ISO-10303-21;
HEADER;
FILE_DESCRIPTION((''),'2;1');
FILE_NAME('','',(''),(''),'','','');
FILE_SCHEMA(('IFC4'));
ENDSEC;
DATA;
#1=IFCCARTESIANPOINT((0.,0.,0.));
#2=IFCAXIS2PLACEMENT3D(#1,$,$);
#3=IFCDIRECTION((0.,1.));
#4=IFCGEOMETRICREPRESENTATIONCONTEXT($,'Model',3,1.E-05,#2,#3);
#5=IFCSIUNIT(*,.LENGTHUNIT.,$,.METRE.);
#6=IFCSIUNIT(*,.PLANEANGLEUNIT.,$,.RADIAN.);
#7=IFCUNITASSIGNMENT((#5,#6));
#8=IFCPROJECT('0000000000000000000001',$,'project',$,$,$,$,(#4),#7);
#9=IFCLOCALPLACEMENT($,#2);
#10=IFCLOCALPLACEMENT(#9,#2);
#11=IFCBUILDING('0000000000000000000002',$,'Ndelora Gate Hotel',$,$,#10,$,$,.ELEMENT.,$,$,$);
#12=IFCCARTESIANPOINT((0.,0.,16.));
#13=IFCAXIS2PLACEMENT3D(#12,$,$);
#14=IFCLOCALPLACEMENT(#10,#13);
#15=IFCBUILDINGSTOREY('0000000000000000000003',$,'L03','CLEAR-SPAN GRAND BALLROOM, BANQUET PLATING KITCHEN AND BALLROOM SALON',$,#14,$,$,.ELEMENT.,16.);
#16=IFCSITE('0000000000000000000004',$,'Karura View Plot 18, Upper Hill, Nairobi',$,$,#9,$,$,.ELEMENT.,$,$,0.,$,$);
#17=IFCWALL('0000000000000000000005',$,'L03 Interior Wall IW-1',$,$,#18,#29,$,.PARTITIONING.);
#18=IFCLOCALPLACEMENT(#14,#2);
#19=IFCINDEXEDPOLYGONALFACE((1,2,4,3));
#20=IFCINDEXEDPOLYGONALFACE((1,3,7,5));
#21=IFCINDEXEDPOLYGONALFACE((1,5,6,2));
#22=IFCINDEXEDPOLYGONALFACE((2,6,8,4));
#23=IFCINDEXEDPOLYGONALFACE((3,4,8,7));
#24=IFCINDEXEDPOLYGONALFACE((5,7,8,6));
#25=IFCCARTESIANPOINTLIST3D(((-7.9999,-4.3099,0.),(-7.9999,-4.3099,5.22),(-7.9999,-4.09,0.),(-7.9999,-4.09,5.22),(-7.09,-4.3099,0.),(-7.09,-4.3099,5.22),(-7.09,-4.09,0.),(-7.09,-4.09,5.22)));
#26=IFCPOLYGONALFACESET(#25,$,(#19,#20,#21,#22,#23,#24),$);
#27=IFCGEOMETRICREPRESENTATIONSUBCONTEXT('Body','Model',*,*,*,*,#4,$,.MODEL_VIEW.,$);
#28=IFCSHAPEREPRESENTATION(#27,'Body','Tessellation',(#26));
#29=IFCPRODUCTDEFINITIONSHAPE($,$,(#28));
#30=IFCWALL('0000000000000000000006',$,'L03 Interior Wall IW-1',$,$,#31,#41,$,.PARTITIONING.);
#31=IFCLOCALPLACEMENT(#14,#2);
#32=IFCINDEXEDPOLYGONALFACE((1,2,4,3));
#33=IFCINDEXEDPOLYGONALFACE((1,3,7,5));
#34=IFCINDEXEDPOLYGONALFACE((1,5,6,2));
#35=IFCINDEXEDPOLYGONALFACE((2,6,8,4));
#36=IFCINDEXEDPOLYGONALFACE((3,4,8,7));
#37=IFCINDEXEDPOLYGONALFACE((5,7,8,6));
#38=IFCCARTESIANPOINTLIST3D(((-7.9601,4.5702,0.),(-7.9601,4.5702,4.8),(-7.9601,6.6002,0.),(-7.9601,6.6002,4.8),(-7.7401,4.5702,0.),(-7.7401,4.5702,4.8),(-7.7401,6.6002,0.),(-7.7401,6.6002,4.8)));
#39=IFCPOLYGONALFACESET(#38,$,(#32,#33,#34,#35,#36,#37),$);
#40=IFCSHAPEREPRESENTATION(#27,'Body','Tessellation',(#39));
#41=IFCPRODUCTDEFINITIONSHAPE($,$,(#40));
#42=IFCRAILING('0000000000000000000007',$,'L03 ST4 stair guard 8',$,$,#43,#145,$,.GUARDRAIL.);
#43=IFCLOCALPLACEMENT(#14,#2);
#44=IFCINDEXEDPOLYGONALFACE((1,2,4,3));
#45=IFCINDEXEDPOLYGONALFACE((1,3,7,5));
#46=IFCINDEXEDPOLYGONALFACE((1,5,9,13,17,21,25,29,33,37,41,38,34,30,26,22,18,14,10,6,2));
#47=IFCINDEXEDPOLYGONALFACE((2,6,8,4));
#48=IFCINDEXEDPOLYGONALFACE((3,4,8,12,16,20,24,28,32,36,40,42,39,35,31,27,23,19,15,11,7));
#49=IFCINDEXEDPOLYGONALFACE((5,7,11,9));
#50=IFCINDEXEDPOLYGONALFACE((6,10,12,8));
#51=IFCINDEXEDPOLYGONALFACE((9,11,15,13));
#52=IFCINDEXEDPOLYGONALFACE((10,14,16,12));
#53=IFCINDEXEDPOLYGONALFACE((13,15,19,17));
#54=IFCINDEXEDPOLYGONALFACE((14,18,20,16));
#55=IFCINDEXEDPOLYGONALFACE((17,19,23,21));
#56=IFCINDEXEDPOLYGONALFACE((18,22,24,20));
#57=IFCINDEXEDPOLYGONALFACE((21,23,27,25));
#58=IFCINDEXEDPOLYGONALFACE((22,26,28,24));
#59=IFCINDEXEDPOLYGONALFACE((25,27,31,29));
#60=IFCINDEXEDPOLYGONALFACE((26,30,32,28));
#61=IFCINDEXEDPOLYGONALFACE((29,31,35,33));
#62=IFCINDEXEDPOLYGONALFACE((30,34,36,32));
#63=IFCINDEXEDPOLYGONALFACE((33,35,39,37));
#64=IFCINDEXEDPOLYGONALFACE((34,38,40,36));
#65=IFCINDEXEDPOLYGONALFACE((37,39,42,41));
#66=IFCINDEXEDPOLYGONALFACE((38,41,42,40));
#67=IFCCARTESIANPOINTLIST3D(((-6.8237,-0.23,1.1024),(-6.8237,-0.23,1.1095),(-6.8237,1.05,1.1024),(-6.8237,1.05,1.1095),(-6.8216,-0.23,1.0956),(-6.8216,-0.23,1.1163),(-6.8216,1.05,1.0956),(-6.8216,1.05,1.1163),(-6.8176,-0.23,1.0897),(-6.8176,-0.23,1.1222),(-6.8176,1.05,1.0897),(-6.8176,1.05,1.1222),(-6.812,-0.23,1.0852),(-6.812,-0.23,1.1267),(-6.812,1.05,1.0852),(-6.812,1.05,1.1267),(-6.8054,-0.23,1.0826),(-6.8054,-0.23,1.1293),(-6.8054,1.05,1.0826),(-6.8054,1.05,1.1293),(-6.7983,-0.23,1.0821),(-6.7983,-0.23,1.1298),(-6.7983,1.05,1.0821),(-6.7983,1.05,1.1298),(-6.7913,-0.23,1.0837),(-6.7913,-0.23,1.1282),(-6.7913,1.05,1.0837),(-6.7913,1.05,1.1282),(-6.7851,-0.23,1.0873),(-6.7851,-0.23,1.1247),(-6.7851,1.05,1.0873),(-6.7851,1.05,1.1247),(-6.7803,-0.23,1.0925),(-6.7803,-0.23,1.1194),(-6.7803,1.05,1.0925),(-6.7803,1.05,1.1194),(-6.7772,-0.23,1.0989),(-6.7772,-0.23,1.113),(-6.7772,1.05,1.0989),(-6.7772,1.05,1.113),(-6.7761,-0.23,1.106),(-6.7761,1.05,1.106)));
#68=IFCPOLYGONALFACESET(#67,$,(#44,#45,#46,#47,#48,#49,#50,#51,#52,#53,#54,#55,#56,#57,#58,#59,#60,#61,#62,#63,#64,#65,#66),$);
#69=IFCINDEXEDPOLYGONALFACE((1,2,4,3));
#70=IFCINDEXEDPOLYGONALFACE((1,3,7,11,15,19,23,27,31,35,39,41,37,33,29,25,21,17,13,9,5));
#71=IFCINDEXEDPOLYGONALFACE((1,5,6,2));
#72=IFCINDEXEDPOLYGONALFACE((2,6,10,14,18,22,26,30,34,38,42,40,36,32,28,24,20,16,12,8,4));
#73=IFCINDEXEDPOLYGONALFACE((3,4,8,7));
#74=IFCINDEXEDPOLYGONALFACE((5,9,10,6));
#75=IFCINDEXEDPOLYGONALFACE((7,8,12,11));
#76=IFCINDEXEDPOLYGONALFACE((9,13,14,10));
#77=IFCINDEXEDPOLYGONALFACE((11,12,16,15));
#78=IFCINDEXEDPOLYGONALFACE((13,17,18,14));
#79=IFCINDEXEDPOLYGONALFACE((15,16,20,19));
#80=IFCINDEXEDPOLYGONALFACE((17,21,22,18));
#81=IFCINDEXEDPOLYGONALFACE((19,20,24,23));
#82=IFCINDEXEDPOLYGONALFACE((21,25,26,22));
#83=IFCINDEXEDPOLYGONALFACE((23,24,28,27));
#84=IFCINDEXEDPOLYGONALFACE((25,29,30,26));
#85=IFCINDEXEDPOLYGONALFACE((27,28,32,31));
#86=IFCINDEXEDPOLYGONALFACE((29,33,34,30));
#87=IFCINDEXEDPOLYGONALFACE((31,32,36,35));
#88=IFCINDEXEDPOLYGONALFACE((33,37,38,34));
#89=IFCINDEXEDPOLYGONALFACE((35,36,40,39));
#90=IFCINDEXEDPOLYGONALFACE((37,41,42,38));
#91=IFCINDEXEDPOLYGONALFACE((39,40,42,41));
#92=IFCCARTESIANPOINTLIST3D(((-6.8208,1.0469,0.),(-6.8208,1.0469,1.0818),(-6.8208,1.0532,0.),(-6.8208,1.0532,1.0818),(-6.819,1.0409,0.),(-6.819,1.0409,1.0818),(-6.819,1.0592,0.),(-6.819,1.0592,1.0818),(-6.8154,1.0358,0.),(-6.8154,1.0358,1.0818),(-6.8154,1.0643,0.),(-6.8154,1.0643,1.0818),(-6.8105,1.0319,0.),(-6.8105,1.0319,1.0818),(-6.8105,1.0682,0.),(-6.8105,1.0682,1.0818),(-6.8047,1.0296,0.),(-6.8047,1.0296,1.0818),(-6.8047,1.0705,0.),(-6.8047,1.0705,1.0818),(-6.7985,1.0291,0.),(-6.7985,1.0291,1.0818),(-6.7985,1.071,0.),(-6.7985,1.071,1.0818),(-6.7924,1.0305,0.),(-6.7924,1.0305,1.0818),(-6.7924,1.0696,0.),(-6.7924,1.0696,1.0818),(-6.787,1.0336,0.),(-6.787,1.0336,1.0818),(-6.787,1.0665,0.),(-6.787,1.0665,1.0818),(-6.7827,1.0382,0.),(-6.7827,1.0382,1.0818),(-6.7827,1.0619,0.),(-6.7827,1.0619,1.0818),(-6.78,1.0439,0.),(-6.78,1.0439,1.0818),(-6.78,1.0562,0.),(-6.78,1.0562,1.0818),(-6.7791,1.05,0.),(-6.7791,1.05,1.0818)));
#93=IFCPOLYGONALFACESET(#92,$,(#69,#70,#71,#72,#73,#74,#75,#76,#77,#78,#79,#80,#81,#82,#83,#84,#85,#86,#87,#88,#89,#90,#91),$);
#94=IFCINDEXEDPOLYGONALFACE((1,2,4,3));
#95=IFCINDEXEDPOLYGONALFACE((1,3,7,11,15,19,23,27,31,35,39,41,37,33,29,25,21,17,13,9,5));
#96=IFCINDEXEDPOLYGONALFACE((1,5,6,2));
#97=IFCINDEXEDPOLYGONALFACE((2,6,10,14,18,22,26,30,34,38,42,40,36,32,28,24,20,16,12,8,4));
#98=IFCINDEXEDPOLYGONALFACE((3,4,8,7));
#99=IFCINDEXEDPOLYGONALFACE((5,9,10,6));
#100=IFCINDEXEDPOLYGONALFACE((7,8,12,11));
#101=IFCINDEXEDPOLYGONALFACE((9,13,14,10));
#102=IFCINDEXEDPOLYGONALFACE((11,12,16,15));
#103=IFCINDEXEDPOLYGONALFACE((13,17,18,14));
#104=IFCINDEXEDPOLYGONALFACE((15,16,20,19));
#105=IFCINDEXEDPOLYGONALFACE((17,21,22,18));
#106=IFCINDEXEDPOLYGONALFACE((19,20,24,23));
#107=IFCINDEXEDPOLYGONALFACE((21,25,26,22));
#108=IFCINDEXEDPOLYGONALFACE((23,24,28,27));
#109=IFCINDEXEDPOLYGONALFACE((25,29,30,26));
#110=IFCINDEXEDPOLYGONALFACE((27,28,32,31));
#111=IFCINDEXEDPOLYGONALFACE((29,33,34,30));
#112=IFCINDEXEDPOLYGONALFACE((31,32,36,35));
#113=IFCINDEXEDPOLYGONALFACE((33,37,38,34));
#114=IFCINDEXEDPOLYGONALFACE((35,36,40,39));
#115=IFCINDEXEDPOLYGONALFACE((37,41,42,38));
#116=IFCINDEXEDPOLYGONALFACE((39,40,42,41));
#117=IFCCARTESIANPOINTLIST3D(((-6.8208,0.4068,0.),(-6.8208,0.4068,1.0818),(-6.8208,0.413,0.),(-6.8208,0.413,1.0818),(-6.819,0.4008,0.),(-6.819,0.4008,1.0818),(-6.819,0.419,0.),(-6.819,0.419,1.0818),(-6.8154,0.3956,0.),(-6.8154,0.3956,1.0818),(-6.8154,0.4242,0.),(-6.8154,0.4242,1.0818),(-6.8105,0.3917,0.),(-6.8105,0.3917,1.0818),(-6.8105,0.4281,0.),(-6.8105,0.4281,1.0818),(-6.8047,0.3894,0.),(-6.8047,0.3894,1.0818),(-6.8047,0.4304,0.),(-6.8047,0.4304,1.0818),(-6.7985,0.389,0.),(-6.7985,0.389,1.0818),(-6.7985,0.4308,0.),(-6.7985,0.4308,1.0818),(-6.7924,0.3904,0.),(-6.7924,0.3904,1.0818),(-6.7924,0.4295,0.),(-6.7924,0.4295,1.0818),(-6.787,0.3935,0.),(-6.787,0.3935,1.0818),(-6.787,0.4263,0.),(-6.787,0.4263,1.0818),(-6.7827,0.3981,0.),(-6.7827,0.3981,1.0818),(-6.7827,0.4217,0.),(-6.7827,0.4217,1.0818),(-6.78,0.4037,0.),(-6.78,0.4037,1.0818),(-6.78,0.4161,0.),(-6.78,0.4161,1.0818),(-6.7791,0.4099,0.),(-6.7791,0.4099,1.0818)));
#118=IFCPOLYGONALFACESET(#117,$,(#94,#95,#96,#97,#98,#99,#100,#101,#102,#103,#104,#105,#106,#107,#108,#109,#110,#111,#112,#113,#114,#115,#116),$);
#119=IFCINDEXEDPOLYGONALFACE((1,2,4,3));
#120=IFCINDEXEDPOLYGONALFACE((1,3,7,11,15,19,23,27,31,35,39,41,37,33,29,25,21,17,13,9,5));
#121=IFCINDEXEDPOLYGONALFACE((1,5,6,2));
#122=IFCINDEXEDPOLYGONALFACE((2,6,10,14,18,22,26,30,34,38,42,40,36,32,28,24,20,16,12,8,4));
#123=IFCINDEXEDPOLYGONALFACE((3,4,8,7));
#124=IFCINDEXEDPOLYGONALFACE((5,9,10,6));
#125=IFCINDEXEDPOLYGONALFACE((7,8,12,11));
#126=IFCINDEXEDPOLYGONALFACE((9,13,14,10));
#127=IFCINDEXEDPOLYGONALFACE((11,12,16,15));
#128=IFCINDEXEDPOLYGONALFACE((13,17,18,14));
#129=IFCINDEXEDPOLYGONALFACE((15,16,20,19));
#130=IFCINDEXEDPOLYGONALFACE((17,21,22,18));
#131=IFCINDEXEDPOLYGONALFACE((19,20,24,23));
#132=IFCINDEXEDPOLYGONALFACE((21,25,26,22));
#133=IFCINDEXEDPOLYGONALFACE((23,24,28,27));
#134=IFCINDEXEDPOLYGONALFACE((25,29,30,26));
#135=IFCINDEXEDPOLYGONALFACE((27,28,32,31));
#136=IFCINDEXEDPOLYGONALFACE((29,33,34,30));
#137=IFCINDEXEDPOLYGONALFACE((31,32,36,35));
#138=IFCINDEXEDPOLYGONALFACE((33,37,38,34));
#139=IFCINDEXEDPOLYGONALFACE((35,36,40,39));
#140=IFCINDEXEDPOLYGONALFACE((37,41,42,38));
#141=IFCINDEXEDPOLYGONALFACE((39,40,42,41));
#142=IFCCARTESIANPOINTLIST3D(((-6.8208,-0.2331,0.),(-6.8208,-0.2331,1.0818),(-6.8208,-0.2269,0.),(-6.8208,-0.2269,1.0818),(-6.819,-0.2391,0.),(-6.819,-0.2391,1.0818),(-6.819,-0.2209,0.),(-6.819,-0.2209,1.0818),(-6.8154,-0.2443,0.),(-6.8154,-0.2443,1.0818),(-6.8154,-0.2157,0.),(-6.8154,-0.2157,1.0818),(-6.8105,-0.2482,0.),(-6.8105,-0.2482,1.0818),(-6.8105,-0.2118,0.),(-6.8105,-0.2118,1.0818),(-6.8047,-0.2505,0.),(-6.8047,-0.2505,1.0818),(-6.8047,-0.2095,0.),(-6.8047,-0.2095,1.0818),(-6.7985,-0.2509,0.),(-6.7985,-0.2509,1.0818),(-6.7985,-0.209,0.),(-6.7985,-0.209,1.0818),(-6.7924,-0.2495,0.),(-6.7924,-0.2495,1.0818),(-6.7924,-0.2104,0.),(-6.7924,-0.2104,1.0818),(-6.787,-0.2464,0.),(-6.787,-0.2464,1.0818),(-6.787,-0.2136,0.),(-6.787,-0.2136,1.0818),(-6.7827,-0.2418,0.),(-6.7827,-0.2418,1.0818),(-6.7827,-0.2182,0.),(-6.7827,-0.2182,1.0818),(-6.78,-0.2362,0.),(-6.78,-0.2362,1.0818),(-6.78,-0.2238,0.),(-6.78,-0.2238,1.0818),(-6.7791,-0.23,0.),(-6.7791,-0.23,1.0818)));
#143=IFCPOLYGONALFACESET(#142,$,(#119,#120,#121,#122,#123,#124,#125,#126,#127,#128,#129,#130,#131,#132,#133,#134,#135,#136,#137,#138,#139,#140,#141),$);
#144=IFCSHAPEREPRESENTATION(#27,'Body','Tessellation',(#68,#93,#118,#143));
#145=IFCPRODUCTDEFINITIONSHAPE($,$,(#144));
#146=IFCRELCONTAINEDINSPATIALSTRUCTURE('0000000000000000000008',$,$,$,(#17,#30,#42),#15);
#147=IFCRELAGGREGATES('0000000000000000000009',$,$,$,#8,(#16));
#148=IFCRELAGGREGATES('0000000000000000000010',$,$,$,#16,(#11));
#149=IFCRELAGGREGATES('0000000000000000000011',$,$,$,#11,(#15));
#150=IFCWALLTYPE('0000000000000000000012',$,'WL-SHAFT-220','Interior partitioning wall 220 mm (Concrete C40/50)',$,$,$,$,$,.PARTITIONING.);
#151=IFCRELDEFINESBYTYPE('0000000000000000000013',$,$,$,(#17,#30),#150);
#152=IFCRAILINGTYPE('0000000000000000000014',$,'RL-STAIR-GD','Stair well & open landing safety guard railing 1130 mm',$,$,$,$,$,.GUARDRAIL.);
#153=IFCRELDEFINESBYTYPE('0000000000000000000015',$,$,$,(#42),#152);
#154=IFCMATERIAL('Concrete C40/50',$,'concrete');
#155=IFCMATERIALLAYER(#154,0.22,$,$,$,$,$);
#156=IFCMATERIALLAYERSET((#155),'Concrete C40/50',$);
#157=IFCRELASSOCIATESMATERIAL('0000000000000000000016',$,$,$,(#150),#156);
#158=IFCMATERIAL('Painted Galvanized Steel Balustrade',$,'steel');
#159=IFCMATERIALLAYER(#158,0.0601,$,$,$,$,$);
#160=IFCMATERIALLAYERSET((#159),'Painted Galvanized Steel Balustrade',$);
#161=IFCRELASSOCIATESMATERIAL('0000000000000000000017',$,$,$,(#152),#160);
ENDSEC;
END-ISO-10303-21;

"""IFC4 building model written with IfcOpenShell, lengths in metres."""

from ifc_helpers import new_model, si_unit, direction, frame, frame_2d, origin, origin_2d, place, context, subcontext, project, spatial, rectangle, circle, extrude, material, layer, layer_set, type_object, element, save


model = new_model("IFC4")

# Units and contexts
model_context = context("Model", 3, precision=1e-05, world=origin(), true_north=direction((0.0, 1.0)))
body_context = subcontext(model_context, "Body", "Model", "MODEL_VIEW")
ifc_project = project(units=[si_unit("LENGTHUNIT", "METRE"), si_unit("PLANEANGLEUNIT", "RADIAN")], contexts=[model_context])

# Site, building, storey
site_placement = place(None, origin())
site = spatial("IfcSite", under=ifc_project, at=site_placement, Name="Karura View Plot 18, Upper Hill, Nairobi", CompositionType="ELEMENT", RefElevation=0.0)
building_placement = place(site_placement, origin())
building = spatial("IfcBuilding", under=site, at=building_placement, Name="Ndelora Gate Hotel", CompositionType="ELEMENT")
storey_placement = place(building_placement, frame((0.0, 0.0, 16.0)))
storey = spatial("IfcBuildingStorey", under=building, at=storey_placement, Name="L03", Description="CLEAR-SPAN GRAND BALLROOM, BANQUET PLATING KITCHEN AND BALLROOM SALON", CompositionType="ELEMENT", Elevation=16.0)

# Shared definitions
ifc_material_1 = material(Name="Concrete C40/50", Category="concrete")

# Wall
ifc_layer_1 = layer(ifc_material_1, 0.22)
ifc_layer_set_1 = layer_set([ifc_layer_1], Name="Concrete C40/50")
wall_type_1 = type_object("IfcWallType", Name="WL-SHAFT-220", Description="Interior partitioning wall 220 mm (Concrete C40/50)", PredefinedType="PARTITIONING", material=ifc_layer_set_1)
wall_1_placement = place(storey_placement, frame((-8.0, -4.2, 0.0), z_axis=(0.0, 0.0, 1.0), x_axis=(1.0, 0.0, 0.0)))
element("IfcWall", 1, at=wall_1_placement, inside=storey, type_object=wall_type_1, Name="L03 Interior Wall IW-1", PredefinedType="PARTITIONING", context=body_context, shape_type="SweptSolid", body=[
    extrude(rectangle(XDim=0.9099, YDim=0.22, at=frame_2d((0.4551, 0.0))), origin(), (0.0, 0.0, 1.0), 5.22),
])

# Wall
wall_2_placement = place(storey_placement, frame((-7.8501, 4.5701, 0.0), z_axis=(0.0, 0.0, 1.0), x_axis=(0.0, 1.0, 0.0)))
element("IfcWall", 2, at=wall_2_placement, inside=storey, type_object=wall_type_1, Name="L03 Interior Wall IW-1", PredefinedType="PARTITIONING", context=body_context, shape_type="SweptSolid", body=[
    extrude(rectangle(XDim=2.03, YDim=0.22, at=frame_2d((1.0151, 0.0))), origin(), (0.0, 0.0, 1.0), 4.8),
])

# Railing
ifc_material_2 = material(Name="Painted Galvanized Steel Balustrade", Category="steel")
ifc_layer_2 = layer(ifc_material_2, 0.0601)
ifc_layer_set_2 = layer_set([ifc_layer_2], Name="Painted Galvanized Steel Balustrade")
railing_type_1 = type_object("IfcRailingType", Name="RL-STAIR-GD", Description="Stair well & open landing safety guard railing 1130 mm", PredefinedType="GUARDRAIL", material=ifc_layer_set_2)
railing_1_placement = place(storey_placement, frame((-6.8, 1.05, 0.0)))
element("IfcRailing", 3, at=railing_1_placement, inside=storey, type_object=railing_type_1, Name="L03 ST4 stair guard 8", PredefinedType="GUARDRAIL", context=body_context, shape_type="SweptSolid", body=[
    extrude(circle(Radius=0.0239, at=origin_2d()), frame((0.0, 0.0, 1.106), z_axis=(0.0, -1.0, 0.0), x_axis=(1.0, 0.0, 0.0)), (0.0, 0.0, 1.0), 1.28),
    extrude(circle(Radius=0.021, at=origin_2d()), origin(), (0.0, 0.0, 1.0), 1.0818),
    extrude(circle(Radius=0.021, at=origin_2d()), frame((0.0, -0.6401, 0.0)), (0.0, 0.0, 1.0), 1.0818),
    extrude(circle(Radius=0.021, at=origin_2d()), frame((0.0, -1.28, 0.0)), (0.0, 0.0, 1.0), 1.0818),
])

save(model, "model.ifc")
